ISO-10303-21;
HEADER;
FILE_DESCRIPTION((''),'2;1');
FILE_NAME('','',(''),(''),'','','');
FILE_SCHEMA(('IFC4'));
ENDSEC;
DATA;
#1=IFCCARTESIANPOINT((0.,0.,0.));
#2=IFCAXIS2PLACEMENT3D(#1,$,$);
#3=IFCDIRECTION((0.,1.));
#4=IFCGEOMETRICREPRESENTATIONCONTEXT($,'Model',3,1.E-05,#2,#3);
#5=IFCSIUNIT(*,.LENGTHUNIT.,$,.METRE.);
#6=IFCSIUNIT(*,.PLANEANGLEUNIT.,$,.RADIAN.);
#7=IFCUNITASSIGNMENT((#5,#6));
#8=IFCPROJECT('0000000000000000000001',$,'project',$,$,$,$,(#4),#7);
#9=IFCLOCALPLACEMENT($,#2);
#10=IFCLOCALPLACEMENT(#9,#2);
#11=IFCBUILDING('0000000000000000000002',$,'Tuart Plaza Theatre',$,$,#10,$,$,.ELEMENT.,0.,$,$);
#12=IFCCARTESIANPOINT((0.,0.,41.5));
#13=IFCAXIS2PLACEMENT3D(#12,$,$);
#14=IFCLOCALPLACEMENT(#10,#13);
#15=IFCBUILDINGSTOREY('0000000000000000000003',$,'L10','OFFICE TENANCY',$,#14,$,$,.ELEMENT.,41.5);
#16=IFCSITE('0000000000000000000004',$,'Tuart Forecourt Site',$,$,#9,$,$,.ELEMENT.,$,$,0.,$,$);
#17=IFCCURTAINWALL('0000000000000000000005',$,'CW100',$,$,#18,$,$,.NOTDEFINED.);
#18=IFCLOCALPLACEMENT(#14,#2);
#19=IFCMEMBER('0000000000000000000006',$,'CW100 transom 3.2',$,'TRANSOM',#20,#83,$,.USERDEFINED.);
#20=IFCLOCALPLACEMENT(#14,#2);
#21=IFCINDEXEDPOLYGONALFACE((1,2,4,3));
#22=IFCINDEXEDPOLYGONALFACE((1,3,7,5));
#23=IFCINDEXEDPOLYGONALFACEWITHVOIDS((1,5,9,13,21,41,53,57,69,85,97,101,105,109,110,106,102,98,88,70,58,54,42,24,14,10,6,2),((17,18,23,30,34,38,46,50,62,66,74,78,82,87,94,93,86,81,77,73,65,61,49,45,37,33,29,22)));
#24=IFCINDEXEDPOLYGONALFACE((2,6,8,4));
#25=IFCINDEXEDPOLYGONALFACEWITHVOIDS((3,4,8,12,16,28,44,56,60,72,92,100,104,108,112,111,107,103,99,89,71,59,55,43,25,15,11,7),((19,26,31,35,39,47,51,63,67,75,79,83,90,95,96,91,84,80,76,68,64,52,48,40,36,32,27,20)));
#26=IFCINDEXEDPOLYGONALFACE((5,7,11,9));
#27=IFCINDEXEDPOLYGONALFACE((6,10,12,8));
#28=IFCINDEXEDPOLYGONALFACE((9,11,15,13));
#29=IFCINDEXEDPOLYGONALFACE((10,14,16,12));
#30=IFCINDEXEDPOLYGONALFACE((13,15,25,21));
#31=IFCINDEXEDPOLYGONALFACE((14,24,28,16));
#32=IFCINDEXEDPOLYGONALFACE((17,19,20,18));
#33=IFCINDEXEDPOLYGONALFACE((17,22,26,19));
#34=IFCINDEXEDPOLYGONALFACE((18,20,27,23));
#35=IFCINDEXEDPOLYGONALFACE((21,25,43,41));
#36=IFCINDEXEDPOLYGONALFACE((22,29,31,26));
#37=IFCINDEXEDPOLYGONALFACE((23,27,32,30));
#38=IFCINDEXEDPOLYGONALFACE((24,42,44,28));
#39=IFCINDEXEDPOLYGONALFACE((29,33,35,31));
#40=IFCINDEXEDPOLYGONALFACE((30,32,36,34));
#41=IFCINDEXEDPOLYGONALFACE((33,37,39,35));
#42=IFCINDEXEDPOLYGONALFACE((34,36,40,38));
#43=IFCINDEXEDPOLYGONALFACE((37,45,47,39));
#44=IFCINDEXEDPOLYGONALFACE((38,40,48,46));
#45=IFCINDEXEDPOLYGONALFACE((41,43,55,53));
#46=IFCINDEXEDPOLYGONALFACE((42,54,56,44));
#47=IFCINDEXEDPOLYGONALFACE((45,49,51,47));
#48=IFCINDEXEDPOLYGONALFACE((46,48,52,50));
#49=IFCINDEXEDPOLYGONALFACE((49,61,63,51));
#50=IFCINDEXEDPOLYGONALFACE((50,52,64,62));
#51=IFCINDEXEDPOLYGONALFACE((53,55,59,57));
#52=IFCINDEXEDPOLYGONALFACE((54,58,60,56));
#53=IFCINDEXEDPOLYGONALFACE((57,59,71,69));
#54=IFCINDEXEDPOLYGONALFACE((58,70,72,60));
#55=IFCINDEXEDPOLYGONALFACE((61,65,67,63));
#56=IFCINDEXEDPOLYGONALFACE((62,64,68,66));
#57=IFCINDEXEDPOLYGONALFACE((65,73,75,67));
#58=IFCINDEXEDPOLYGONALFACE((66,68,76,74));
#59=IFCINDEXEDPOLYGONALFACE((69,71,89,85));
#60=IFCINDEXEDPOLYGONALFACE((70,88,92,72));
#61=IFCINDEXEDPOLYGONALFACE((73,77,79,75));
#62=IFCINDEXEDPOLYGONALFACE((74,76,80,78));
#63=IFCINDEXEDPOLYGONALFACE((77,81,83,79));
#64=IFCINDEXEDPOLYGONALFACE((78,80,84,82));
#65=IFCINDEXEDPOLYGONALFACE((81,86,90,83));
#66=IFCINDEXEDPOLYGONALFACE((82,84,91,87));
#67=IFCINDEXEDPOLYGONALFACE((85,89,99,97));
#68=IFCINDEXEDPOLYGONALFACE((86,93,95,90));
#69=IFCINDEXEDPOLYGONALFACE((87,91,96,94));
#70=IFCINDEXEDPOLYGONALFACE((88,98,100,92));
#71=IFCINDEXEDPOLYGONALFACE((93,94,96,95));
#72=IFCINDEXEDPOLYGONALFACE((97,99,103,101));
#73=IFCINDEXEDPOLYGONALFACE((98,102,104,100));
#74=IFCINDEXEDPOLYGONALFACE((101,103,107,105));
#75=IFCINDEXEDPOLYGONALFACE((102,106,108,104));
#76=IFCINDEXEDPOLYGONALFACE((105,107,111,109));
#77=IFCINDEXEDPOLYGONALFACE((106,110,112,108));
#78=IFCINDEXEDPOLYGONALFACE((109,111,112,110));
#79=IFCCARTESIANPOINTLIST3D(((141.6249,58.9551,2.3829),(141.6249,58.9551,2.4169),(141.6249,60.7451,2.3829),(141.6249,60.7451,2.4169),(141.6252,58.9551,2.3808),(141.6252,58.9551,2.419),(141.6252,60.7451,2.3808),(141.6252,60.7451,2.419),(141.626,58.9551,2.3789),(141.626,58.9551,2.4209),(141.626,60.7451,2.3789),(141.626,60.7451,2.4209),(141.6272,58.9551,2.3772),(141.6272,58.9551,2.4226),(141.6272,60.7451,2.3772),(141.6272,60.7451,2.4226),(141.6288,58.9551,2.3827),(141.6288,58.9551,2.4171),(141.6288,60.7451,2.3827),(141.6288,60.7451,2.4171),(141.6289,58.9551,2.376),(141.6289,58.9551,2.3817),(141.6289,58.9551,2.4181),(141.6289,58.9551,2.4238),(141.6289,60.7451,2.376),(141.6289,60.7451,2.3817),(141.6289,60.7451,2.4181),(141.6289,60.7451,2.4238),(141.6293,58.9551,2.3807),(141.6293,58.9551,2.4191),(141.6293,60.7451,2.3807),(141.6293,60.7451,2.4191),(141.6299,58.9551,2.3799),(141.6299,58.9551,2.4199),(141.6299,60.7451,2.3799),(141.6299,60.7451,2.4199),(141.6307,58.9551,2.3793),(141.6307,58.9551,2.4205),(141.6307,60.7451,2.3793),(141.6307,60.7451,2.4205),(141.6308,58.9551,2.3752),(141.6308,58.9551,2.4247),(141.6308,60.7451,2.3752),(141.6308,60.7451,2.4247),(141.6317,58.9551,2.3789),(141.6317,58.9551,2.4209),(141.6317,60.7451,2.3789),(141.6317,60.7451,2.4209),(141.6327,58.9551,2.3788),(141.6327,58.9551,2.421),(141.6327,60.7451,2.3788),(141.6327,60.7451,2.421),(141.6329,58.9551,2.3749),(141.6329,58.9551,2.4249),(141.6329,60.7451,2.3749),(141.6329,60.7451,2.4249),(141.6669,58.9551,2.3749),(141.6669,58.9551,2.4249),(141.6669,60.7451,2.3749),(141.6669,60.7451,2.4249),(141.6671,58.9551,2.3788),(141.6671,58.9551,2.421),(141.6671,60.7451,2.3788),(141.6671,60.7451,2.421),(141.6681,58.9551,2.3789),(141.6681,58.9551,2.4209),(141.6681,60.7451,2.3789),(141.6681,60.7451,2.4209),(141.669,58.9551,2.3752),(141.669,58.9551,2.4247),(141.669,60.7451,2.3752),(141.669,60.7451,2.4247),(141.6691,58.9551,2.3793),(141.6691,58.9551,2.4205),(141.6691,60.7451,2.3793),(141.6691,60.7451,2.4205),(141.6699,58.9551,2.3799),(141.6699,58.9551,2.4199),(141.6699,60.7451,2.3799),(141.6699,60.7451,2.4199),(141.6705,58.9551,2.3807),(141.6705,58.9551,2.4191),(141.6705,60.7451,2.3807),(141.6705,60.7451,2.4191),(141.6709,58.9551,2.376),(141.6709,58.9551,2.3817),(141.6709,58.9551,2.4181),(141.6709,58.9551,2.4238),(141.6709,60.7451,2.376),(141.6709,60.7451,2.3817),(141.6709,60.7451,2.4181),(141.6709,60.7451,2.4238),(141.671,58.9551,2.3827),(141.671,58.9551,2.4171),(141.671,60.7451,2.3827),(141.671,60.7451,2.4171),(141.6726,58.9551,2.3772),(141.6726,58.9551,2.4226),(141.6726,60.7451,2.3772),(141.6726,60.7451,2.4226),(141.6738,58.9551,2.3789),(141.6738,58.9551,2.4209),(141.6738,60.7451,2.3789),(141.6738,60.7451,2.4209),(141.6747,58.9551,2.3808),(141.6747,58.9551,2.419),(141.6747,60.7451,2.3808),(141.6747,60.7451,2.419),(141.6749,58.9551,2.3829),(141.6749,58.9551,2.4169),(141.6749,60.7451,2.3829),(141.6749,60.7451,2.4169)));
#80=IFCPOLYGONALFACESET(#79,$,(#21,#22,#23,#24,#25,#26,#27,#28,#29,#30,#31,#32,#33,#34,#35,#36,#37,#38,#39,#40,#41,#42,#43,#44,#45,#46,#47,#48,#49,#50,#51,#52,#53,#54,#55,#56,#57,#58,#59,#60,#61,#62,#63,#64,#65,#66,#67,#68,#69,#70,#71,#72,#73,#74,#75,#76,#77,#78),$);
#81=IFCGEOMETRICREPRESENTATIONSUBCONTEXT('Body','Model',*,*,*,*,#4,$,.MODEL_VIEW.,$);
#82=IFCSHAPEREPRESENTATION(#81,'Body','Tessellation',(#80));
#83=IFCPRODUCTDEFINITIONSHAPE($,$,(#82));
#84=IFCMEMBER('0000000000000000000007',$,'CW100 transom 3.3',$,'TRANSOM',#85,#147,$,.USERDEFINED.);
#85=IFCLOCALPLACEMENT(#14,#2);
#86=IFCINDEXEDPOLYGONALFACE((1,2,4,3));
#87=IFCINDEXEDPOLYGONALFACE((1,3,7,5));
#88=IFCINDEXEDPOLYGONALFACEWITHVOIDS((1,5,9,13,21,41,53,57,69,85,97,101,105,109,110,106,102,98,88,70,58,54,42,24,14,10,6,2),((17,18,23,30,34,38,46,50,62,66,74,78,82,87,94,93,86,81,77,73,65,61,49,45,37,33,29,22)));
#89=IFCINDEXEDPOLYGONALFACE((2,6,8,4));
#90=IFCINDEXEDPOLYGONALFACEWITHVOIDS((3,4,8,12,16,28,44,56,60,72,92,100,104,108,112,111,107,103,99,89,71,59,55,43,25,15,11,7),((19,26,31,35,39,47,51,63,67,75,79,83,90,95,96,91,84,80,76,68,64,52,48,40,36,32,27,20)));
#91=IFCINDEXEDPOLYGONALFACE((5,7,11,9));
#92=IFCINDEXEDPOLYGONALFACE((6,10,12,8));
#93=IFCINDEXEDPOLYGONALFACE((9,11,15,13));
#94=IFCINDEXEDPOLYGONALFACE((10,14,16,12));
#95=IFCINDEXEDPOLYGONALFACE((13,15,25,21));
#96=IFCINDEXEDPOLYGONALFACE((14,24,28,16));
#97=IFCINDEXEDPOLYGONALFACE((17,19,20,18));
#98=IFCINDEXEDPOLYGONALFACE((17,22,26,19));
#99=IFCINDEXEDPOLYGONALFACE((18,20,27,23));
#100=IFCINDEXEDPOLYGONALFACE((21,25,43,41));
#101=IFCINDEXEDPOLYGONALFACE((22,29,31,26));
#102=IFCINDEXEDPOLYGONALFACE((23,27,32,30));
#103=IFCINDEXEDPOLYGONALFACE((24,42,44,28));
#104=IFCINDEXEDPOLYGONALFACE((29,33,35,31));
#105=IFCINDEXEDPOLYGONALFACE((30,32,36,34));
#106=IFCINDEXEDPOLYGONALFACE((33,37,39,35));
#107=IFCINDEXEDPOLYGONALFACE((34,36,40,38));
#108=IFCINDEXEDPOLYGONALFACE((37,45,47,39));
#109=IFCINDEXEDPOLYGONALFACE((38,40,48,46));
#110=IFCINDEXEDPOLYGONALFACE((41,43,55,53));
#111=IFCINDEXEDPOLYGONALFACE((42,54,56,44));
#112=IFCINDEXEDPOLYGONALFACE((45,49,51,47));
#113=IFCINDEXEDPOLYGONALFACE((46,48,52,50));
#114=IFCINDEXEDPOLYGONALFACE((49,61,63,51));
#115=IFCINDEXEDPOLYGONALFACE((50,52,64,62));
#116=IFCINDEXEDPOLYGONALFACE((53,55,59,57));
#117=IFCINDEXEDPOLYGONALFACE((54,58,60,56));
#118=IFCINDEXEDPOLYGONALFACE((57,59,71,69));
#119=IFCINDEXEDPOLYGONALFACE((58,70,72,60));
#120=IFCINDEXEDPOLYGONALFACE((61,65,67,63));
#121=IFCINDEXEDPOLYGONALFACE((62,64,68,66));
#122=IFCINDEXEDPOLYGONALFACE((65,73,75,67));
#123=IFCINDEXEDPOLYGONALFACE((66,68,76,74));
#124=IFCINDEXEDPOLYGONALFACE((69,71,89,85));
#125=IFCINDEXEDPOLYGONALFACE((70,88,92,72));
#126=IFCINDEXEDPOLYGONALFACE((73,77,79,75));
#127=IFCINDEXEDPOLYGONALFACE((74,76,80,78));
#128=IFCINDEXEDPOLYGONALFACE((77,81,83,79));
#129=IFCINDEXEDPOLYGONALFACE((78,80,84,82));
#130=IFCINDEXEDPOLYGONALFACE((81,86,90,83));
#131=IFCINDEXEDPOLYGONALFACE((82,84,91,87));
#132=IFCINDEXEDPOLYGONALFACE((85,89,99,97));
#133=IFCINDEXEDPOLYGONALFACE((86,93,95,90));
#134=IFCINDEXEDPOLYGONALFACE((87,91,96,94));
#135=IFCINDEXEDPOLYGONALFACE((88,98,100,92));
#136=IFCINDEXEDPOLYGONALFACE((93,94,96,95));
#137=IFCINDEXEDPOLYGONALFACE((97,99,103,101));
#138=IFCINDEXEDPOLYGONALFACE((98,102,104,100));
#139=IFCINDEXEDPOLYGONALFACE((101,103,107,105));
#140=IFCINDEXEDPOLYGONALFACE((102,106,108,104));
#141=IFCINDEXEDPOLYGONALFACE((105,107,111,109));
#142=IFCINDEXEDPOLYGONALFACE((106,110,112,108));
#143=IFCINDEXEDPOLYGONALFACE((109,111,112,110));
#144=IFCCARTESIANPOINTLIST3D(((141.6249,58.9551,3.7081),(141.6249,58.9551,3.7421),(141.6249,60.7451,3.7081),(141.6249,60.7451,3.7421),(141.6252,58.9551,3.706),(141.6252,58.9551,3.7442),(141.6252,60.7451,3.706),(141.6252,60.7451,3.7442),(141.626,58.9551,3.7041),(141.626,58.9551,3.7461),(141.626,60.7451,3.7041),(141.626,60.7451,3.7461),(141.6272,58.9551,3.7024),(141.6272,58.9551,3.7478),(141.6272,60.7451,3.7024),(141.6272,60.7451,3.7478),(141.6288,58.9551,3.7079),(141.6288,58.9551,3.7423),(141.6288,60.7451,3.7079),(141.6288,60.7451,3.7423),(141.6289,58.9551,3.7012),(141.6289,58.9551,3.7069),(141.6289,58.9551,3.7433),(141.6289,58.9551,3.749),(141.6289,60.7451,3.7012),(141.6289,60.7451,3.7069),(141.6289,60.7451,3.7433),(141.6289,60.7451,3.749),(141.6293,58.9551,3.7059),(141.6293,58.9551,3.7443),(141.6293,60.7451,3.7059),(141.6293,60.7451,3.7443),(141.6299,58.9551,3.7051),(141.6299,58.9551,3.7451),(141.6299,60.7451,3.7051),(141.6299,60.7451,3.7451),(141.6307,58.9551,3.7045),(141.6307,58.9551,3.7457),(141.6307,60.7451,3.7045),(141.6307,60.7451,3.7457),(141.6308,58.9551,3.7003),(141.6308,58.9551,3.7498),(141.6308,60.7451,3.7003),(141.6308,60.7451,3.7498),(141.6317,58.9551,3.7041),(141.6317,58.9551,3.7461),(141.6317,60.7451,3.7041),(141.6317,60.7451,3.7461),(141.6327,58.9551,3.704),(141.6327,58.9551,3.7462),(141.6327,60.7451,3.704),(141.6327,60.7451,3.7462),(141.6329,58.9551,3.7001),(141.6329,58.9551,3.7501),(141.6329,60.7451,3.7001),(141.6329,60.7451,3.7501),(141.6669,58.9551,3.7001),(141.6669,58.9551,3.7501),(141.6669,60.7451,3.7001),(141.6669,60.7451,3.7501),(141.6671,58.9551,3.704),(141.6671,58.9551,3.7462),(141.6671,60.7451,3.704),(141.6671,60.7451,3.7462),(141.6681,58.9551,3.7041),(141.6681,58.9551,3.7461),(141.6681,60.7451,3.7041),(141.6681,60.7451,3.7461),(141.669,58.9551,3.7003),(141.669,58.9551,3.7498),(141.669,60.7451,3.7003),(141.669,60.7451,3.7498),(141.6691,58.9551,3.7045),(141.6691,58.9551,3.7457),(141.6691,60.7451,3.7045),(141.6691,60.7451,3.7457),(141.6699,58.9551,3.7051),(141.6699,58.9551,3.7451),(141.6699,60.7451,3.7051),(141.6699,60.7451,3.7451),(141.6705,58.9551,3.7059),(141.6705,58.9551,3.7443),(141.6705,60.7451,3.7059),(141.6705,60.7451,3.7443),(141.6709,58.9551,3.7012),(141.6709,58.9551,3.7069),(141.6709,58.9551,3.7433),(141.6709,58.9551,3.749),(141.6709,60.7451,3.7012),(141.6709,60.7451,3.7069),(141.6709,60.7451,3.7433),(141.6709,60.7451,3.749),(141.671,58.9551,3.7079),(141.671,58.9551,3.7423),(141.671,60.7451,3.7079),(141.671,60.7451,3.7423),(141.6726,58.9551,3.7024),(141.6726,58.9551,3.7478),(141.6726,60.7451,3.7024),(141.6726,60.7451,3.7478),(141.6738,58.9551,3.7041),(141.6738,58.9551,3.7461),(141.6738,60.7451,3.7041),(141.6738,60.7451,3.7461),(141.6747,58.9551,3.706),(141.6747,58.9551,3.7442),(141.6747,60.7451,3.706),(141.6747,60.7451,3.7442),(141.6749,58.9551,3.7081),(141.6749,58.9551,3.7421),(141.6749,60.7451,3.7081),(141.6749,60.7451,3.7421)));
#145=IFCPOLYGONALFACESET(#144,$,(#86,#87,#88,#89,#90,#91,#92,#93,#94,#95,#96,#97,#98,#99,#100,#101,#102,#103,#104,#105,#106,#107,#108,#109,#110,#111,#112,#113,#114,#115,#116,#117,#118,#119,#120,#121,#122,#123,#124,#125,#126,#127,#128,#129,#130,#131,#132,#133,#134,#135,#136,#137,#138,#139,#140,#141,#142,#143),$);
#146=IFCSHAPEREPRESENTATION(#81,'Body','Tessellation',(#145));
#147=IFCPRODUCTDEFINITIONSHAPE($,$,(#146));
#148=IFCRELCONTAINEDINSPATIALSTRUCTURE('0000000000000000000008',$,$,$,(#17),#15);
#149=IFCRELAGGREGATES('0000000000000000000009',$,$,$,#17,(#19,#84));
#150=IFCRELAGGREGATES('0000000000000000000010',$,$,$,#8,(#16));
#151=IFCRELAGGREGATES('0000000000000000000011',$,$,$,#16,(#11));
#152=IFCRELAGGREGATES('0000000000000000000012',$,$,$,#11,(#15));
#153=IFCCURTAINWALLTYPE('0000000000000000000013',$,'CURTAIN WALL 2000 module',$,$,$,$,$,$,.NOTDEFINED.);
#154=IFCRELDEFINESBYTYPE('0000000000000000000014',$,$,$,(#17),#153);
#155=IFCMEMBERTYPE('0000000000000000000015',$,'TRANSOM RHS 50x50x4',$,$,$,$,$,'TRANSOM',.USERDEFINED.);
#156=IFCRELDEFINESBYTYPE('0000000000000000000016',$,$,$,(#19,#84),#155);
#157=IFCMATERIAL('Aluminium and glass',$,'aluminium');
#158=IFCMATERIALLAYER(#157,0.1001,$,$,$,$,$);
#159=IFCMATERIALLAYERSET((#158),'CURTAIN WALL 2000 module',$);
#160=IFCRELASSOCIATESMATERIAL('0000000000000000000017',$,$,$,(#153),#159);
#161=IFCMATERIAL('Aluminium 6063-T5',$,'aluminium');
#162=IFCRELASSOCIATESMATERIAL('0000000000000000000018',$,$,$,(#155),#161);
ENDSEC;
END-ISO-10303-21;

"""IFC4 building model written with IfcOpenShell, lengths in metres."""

from ifc_helpers import new_model, si_unit, direction, frame, origin, origin_2d, place, context, subcontext, project, spatial, hollow_rectangle, extrude, material, layer, layer_set, material_profile, profile_set, type_object, element, aggregate, save


model = new_model("IFC4")

# Units and contexts
model_context = context("Model", 3, precision=1e-05, world=origin(), true_north=direction((0.0, 1.0)))
body_context = subcontext(model_context, "Body", "Model", "MODEL_VIEW")
ifc_project = project(units=[si_unit("LENGTHUNIT", "METRE"), si_unit("PLANEANGLEUNIT", "RADIAN")], contexts=[model_context])

# Site, building, storey
site_placement = place(None, origin())
site = spatial("IfcSite", under=ifc_project, at=site_placement, Name="Tuart Forecourt Site", CompositionType="ELEMENT", RefElevation=0.0)
building_placement = place(site_placement, origin())
building = spatial("IfcBuilding", under=site, at=building_placement, Name="Tuart Plaza Theatre", CompositionType="ELEMENT", ElevationOfRefHeight=0.0)
storey_placement = place(building_placement, frame((0.0, 0.0, 41.5)))
storey = spatial("IfcBuildingStorey", under=building, at=storey_placement, Name="L10", Description="OFFICE TENANCY", CompositionType="ELEMENT", Elevation=41.5)

# Curtain wall
ifc_material_1 = material(Name="Aluminium and glass", Category="aluminium")
ifc_layer_1 = layer(ifc_material_1, 0.1001)
ifc_layer_set_1 = layer_set([ifc_layer_1], Name="CURTAIN WALL 2000 module")
curtain_wall_type = type_object("IfcCurtainWallType", Name="CURTAIN WALL 2000 module", PredefinedType="NOTDEFINED", material=ifc_layer_set_1)
curtain_wall_1_placement = place(storey_placement, origin())
curtain_wall_1 = element("IfcCurtainWall", 1, at=curtain_wall_1_placement, inside=storey, type_object=curtain_wall_type, Name="CW100", PredefinedType="NOTDEFINED")

# Members
ifc_material_2 = material(Name="Aluminium 6063-T5", Category="aluminium")
ifc_material_profile_1 = material_profile(ifc_material_2, hollow_rectangle(XDim=0.05, YDim=0.05, WallThickness=0.0039, InnerFilletRadius=0.0039, OuterFilletRadius=0.0081, at=origin_2d()), Name="RHS 50x50x4")
ifc_profile_set_1 = profile_set([ifc_material_profile_1], Name="Aluminium 6063-T5")
member_type_1 = type_object("IfcMemberType", Name="TRANSOM RHS 50x50x4", ElementType="TRANSOM", PredefinedType="USERDEFINED", material=ifc_profile_set_1)
member_1_placement = place(storey_placement, frame((141.6499, 58.9551, 2.3999), z_axis=(0.0, 1.0, 0.0), x_axis=(-1.0, 0.0, 0.0)))
member_1 = element("IfcMember", 2, at=member_1_placement, type_object=member_type_1, Name="CW100 transom 3.2", ObjectType="TRANSOM", PredefinedType="USERDEFINED", context=body_context, shape_type="SweptSolid", body=[
    extrude(hollow_rectangle(XDim=0.05, YDim=0.05, WallThickness=0.0039, InnerFilletRadius=0.0039, OuterFilletRadius=0.0081, at=origin_2d()), origin(), (0.0, 0.0, 1.0), 1.79),
])
member_2_placement = place(storey_placement, frame((141.6499, 58.9551, 3.7251), z_axis=(0.0, 1.0, 0.0), x_axis=(-1.0, 0.0, 0.0)))
member_2 = element("IfcMember", 3, at=member_2_placement, type_object=member_type_1, Name="CW100 transom 3.3", ObjectType="TRANSOM", PredefinedType="USERDEFINED", context=body_context, shape_type="SweptSolid", body=[
    extrude(hollow_rectangle(XDim=0.05, YDim=0.05, WallThickness=0.0039, InnerFilletRadius=0.0039, OuterFilletRadius=0.0081, at=origin_2d()), origin(), (0.0, 0.0, 1.0), 1.79),
])

aggregate(curtain_wall_1, [member_1, member_2])

save(model, "model.ifc")
